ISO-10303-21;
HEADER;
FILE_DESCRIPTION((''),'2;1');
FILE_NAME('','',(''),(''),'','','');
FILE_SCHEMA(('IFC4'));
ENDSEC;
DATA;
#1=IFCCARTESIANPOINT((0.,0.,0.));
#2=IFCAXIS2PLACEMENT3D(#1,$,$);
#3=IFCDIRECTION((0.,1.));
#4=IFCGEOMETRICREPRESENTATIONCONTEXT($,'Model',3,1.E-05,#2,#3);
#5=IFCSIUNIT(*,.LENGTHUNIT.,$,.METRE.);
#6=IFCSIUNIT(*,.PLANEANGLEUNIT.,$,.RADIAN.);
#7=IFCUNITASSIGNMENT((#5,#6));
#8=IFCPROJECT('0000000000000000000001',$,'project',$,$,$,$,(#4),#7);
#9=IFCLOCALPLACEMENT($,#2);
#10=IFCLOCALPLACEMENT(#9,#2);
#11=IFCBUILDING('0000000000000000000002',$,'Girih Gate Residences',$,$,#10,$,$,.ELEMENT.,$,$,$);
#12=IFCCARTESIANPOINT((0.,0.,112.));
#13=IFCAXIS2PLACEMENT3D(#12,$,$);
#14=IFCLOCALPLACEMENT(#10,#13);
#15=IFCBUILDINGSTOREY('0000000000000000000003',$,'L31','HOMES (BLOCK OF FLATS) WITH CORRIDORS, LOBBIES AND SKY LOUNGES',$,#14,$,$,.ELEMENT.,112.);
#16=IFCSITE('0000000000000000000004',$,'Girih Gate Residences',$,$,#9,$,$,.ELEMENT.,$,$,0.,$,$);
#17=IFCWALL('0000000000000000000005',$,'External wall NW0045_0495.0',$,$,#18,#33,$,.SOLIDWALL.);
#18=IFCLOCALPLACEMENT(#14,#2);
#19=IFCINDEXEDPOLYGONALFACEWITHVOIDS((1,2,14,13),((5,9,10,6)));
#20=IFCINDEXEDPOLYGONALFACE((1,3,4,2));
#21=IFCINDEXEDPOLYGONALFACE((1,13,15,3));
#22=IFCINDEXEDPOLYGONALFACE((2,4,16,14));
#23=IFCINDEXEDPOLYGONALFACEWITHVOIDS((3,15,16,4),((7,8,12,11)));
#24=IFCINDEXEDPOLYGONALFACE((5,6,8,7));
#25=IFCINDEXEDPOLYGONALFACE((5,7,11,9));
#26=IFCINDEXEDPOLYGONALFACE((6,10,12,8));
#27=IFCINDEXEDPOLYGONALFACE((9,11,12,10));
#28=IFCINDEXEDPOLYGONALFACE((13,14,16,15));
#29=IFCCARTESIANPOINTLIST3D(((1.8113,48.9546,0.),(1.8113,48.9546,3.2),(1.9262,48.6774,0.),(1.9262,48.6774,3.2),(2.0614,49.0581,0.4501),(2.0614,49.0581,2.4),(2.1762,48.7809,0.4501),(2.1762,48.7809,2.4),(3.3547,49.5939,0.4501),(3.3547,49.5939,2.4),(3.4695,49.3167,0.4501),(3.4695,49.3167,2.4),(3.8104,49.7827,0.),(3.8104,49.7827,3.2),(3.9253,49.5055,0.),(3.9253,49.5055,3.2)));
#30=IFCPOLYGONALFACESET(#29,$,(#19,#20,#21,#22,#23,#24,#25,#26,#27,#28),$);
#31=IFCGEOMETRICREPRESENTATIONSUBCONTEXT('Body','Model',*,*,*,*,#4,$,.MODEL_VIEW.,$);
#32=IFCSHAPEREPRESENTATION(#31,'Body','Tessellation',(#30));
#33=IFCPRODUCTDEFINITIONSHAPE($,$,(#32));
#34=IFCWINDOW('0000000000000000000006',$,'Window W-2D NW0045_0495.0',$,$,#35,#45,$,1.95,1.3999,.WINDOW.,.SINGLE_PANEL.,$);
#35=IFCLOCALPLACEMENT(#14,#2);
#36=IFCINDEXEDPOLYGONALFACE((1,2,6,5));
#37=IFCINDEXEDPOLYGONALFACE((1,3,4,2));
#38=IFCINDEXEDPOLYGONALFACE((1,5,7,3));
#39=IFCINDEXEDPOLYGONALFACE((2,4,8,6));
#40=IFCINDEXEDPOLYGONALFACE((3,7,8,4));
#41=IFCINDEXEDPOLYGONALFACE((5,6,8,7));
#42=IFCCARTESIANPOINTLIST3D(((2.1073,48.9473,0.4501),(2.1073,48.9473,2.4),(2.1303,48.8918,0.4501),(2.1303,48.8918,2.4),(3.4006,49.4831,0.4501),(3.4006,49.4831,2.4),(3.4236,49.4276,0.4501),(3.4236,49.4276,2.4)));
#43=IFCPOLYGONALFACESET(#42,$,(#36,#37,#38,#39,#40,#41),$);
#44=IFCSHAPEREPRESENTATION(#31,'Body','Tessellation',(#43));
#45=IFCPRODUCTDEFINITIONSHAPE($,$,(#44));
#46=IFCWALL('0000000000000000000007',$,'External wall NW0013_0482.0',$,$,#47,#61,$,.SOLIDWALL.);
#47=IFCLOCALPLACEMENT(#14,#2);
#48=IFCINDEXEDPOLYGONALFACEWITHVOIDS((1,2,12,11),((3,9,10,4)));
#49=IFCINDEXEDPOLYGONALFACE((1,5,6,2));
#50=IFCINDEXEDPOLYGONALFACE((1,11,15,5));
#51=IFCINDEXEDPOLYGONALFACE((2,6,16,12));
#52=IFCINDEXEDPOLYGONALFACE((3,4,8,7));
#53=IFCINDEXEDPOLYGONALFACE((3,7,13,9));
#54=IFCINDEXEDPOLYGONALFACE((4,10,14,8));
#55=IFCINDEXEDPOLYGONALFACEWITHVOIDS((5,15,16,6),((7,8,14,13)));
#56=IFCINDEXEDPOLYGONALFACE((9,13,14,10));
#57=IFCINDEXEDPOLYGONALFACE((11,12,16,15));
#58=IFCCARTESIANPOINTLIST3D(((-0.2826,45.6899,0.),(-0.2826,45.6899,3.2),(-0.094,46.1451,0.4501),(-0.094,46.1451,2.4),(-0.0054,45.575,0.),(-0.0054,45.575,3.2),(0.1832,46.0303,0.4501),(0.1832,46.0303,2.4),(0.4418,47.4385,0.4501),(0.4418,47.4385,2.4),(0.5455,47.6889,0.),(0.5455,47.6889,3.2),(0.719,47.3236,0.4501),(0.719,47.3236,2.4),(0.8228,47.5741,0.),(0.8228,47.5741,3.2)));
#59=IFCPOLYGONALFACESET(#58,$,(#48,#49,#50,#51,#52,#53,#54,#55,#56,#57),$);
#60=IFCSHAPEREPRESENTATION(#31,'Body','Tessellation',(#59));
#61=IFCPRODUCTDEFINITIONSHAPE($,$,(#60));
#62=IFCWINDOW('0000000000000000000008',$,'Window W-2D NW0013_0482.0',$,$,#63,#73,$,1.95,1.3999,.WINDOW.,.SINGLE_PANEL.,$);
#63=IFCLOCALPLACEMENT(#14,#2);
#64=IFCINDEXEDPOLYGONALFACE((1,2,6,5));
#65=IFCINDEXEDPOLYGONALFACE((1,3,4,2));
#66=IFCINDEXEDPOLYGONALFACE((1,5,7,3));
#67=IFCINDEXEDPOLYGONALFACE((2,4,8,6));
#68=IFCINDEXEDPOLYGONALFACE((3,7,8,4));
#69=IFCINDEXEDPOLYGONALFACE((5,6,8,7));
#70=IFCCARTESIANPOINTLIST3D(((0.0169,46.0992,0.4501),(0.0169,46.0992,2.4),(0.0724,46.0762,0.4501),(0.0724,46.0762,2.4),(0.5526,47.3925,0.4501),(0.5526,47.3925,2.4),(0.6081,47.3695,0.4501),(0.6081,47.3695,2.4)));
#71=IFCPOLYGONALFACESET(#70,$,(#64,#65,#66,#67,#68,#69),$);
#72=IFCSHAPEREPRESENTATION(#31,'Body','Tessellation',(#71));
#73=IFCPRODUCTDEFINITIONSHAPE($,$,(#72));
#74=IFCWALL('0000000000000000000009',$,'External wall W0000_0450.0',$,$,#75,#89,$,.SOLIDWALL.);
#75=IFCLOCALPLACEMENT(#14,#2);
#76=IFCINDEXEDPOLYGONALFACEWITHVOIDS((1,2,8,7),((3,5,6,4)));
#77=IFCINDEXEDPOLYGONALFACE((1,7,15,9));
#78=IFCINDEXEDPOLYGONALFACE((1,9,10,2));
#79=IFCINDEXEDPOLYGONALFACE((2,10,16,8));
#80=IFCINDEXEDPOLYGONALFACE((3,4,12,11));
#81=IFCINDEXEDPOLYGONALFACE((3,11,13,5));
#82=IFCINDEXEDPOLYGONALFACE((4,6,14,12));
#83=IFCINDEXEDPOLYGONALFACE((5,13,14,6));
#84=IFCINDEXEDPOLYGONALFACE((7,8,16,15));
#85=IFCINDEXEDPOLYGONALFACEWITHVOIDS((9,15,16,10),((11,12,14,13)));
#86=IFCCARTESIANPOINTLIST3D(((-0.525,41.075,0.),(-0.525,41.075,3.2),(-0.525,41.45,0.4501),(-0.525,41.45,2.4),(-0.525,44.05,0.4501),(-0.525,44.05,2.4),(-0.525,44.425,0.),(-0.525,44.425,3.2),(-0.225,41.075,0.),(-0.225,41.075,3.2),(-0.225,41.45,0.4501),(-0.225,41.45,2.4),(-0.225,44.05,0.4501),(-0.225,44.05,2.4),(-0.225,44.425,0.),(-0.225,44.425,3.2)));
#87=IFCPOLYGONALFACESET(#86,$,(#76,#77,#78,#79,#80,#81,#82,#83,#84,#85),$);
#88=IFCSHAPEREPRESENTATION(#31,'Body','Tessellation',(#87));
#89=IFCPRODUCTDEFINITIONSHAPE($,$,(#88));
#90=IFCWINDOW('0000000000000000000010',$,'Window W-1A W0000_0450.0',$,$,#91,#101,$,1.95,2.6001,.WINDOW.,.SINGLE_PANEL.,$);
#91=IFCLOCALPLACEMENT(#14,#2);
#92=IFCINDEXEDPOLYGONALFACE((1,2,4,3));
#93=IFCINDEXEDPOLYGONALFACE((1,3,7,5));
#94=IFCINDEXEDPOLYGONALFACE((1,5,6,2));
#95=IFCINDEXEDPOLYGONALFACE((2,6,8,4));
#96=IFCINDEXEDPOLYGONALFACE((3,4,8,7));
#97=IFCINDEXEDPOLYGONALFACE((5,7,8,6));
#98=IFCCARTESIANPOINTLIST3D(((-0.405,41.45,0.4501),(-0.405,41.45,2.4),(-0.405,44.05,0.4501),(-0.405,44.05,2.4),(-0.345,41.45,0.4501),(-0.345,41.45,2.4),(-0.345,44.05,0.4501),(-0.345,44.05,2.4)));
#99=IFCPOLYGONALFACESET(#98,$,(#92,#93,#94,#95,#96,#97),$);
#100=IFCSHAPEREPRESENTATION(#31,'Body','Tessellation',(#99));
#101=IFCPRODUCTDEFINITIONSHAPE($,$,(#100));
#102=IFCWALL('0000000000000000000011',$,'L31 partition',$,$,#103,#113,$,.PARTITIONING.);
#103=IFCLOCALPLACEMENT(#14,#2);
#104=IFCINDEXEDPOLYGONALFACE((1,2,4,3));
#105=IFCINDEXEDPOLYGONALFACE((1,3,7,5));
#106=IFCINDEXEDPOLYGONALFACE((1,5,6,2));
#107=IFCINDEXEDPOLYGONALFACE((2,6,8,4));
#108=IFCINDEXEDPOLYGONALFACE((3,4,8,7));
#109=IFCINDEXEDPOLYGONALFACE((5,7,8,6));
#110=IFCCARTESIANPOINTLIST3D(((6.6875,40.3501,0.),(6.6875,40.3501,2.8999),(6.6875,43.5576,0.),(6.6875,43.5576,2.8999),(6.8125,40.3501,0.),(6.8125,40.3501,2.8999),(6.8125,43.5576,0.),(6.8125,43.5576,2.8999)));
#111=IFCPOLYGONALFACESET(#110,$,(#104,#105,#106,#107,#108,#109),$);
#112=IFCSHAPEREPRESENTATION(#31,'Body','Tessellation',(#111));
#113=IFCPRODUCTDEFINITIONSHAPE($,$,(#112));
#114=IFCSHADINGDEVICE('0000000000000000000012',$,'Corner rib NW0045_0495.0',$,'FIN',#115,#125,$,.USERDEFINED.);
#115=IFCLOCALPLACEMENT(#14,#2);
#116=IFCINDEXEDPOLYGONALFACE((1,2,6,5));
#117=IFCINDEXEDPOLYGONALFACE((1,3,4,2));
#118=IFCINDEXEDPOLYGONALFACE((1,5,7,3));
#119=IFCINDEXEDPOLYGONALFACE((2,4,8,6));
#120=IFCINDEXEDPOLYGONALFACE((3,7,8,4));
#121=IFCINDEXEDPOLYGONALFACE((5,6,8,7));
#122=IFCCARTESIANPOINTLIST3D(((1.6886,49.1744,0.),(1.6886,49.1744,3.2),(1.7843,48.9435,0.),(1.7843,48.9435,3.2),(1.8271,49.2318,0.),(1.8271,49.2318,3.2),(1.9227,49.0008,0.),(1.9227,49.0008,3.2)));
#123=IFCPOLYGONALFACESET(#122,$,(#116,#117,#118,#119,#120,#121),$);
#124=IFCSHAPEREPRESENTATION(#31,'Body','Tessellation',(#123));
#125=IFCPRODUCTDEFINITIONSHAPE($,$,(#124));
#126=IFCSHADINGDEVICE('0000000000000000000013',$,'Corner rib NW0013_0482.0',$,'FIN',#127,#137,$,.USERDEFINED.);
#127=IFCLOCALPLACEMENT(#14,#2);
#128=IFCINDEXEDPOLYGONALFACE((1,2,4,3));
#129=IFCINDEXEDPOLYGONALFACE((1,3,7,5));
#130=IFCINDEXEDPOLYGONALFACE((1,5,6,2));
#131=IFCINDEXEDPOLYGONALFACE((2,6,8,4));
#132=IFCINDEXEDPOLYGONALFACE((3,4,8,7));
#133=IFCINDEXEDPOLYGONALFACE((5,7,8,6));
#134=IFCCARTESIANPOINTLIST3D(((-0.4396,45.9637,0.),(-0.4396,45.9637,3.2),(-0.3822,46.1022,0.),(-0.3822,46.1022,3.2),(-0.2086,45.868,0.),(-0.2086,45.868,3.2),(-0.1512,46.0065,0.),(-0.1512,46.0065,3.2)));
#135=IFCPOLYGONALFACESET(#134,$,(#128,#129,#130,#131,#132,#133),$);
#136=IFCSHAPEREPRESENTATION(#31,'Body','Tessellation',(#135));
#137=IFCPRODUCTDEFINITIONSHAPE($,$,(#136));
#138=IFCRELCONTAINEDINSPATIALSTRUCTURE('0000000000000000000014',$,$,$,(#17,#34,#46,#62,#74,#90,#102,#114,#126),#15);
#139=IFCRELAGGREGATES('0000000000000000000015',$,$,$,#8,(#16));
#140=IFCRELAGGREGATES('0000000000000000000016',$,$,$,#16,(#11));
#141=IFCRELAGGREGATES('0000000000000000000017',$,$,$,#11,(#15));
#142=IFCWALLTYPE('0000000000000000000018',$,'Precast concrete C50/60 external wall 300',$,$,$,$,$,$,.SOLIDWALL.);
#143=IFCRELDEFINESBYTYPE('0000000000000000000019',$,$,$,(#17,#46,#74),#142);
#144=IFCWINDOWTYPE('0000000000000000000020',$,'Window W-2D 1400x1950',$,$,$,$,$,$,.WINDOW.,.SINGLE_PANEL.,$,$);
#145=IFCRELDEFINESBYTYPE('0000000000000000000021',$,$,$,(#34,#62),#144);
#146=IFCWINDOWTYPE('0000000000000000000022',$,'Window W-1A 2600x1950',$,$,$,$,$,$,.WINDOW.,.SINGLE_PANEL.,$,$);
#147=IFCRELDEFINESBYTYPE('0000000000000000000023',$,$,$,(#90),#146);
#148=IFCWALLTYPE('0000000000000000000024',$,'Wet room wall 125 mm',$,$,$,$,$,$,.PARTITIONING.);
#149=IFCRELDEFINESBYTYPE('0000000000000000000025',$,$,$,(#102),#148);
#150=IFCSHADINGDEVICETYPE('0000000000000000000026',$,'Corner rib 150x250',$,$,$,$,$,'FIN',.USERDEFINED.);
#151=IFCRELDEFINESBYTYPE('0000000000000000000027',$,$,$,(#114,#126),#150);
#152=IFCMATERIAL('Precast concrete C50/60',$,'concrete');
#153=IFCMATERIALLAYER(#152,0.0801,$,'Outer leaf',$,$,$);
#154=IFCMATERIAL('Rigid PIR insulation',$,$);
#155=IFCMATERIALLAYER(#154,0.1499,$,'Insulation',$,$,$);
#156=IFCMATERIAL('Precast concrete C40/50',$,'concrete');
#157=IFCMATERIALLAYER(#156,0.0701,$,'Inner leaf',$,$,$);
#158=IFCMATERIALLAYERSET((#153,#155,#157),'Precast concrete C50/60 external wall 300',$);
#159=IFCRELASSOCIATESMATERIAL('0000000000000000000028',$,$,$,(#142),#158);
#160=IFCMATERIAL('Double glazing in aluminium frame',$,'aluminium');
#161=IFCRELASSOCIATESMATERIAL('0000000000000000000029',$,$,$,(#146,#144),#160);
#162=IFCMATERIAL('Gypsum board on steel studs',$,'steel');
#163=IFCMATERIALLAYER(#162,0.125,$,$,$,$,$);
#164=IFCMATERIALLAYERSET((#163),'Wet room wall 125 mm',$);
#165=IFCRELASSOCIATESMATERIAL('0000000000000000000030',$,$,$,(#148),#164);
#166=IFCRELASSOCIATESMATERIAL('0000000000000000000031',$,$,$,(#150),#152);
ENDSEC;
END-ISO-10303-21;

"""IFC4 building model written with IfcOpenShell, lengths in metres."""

from ifc_helpers import new_model, si_unit, direction, frame, frame_2d, origin, origin_2d, place, context, subcontext, project, spatial, rectangle, extrude, material, layer, layer_set, type_object, element, fill, save


model = new_model("IFC4")

# Units and contexts
model_context = context("Model", 3, precision=1e-05, world=origin(), true_north=direction((0.0, 1.0)))
body_context = subcontext(model_context, "Body", "Model", "MODEL_VIEW")
ifc_project = project(units=[si_unit("LENGTHUNIT", "METRE"), si_unit("PLANEANGLEUNIT", "RADIAN")], contexts=[model_context])

# Site, building, storey
site_placement = place(None, origin())
site = spatial("IfcSite", under=ifc_project, at=site_placement, Name="Girih Gate Residences", CompositionType="ELEMENT", RefElevation=0.0)
building_placement = place(site_placement, origin())
building = spatial("IfcBuilding", under=site, at=building_placement, Name="Girih Gate Residences", CompositionType="ELEMENT")
storey_placement = place(building_placement, frame((0.0, 0.0, 112.0)))
storey = spatial("IfcBuildingStorey", under=building, at=storey_placement, Name="L31", Description="HOMES (BLOCK OF FLATS) WITH CORRIDORS, LOBBIES AND SKY LOUNGES", CompositionType="ELEMENT", Elevation=112.0)

# Shared definitions
ifc_material_1 = material(Name="Gypsum board on steel studs", Category="steel")

# Walls, openings, windows
ifc_material_2 = material(Name="Precast concrete C50/60", Category="concrete")
ifc_layer_1 = layer(ifc_material_2, 0.0801, Name="Outer leaf")
ifc_material_3 = material(Name="Rigid PIR insulation")
ifc_layer_2 = layer(ifc_material_3, 0.1499, Name="Insulation")
ifc_material_4 = material(Name="Precast concrete C40/50", Category="concrete")
ifc_layer_3 = layer(ifc_material_4, 0.0701, Name="Inner leaf")
ifc_layer_set_1 = layer_set([ifc_layer_1, ifc_layer_2, ifc_layer_3], Name="Precast concrete C50/60 external wall 300")
wall_type_1 = type_object("IfcWallType", Name="Precast concrete C50/60 external wall 300", PredefinedType="SOLIDWALL", material=ifc_layer_set_1)
ifc_material_5 = material(Name="Double glazing in aluminium frame", Category="aluminium")
window_type_1 = type_object("IfcWindowType", Name="Window W-1A 2600x1950", PartitioningType="SINGLE_PANEL", PredefinedType="WINDOW", material=ifc_material_5)
wall_1_placement = place(storey_placement, frame((1.8687, 48.8159, 0.0), z_axis=(0.0, 0.0, 1.0), x_axis=(0.923863, 0.382724, 0.0)))
wall_1 = element("IfcWall", 1, at=wall_1_placement, inside=storey, type_object=wall_type_1, Name="External wall NW0045_0495.0", PredefinedType="SOLIDWALL", context=body_context, shape_type="SweptSolid", body=[
    extrude(rectangle(XDim=2.1638, YDim=0.3, at=frame_2d((1.082, 0.0))), origin(), (0.0, 0.0, 1.0), 3.2),
])
opening_1_placement = place(wall_1_placement, frame((0.2708, 0.0, 0.45)))
opening_1 = element("IfcOpeningElement", 2, at=opening_1_placement, cuts=wall_1, PredefinedType="OPENING", context=body_context, shape_type="SweptSolid", body=[
    extrude(rectangle(XDim=1.3999, YDim=1.95, at=frame_2d((0.7, 0.9751))), frame((0.0, 0.1599, 0.0), z_axis=(0.0, -1.0, 0.0), x_axis=(1.0, 0.0, 0.0)), (0.0, 0.0, 1.0), 0.3201),
])
window_type_2 = type_object("IfcWindowType", Name="Window W-2D 1400x1950", PartitioningType="SINGLE_PANEL", PredefinedType="WINDOW", material=ifc_material_5)
window_1_placement = place(opening_1_placement, origin())
window_1 = element("IfcWindow", 3, at=window_1_placement, inside=storey, type_object=window_type_2, Name="Window W-2D NW0045_0495.0", OverallHeight=1.95, OverallWidth=1.3999, PartitioningType="SINGLE_PANEL", PredefinedType="WINDOW", context=body_context, shape_type="SweptSolid", body=[
    extrude(rectangle(XDim=1.3999, YDim=1.95, at=frame_2d((0.7, 0.9751))), frame((0.0, 0.03, 0.0), z_axis=(0.0, -1.0, 0.0), x_axis=(1.0, 0.0, 0.0)), (0.0, 0.0, 1.0), 0.0601),
])
fill(opening_1, window_1)
wall_2_placement = place(storey_placement, frame((-0.144, 45.6323, 0.0), z_axis=(0.0, 0.0, 1.0), x_axis=(0.382724, 0.923863, 0.0)))
wall_2 = element("IfcWall", 4, at=wall_2_placement, inside=storey, type_object=wall_type_1, Name="External wall NW0013_0482.0", PredefinedType="SOLIDWALL", context=body_context, shape_type="SweptSolid", body=[
    extrude(rectangle(XDim=2.1638, YDim=0.3, at=frame_2d((1.082, 0.0))), origin(), (0.0, 0.0, 1.0), 3.2),
])
opening_2_placement = place(wall_2_placement, frame((0.4929, 0.0, 0.45)))
opening_2 = element("IfcOpeningElement", 5, at=opening_2_placement, cuts=wall_2, PredefinedType="OPENING", context=body_context, shape_type="SweptSolid", body=[
    extrude(rectangle(XDim=1.3999, YDim=1.95, at=frame_2d((0.7, 0.9751))), frame((0.0, 0.1599, 0.0), z_axis=(0.0, -1.0, 0.0), x_axis=(1.0, 0.0, 0.0)), (0.0, 0.0, 1.0), 0.3201),
])
window_2_placement = place(opening_2_placement, origin())
window_2 = element("IfcWindow", 6, at=window_2_placement, inside=storey, type_object=window_type_2, Name="Window W-2D NW0013_0482.0", OverallHeight=1.95, OverallWidth=1.3999, PartitioningType="SINGLE_PANEL", PredefinedType="WINDOW", context=body_context, shape_type="SweptSolid", body=[
    extrude(rectangle(XDim=1.3999, YDim=1.95, at=frame_2d((0.7, 0.9751))), frame((0.0, 0.03, 0.0), z_axis=(0.0, -1.0, 0.0), x_axis=(1.0, 0.0, 0.0)), (0.0, 0.0, 1.0), 0.0601),
])
fill(opening_2, window_2)
wall_3_placement = place(storey_placement, frame((-0.375, 41.075, 0.0), z_axis=(0.0, 0.0, 1.0), x_axis=(0.0, 1.0, 0.0)))
wall_3 = element("IfcWall", 7, at=wall_3_placement, inside=storey, type_object=wall_type_1, Name="External wall W0000_0450.0", PredefinedType="SOLIDWALL", context=body_context, shape_type="SweptSolid", body=[
    extrude(rectangle(XDim=3.3501, YDim=0.3, at=frame_2d((1.675, 0.0))), origin(), (0.0, 0.0, 1.0), 3.2),
])
opening_3_placement = place(wall_3_placement, frame((0.375, 0.0, 0.45)))
opening_3 = element("IfcOpeningElement", 8, at=opening_3_placement, cuts=wall_3, PredefinedType="OPENING", context=body_context, shape_type="SweptSolid", body=[
    extrude(rectangle(XDim=2.6001, YDim=1.95, at=frame_2d((1.3, 0.9751))), frame((0.0, 0.1599, 0.0), z_axis=(0.0, -1.0, 0.0), x_axis=(1.0, 0.0, 0.0)), (0.0, 0.0, 1.0), 0.3201),
])
window_3_placement = place(opening_3_placement, origin())
window_3 = element("IfcWindow", 9, at=window_3_placement, inside=storey, type_object=window_type_1, Name="Window W-1A W0000_0450.0", OverallHeight=1.95, OverallWidth=2.6001, PartitioningType="SINGLE_PANEL", PredefinedType="WINDOW", context=body_context, shape_type="SweptSolid", body=[
    extrude(rectangle(XDim=2.6001, YDim=1.95, at=frame_2d((1.3, 0.9751))), frame((0.0, 0.03, 0.0), z_axis=(0.0, -1.0, 0.0), x_axis=(1.0, 0.0, 0.0)), (0.0, 0.0, 1.0), 0.0601),
])
fill(opening_3, window_3)

# Wall
ifc_layer_4 = layer(ifc_material_1, 0.125)
ifc_layer_set_2 = layer_set([ifc_layer_4], Name="Wet room wall 125 mm")
wall_type_2 = type_object("IfcWallType", Name="Wet room wall 125 mm", PredefinedType="PARTITIONING", material=ifc_layer_set_2)
wall_4_placement = place(storey_placement, frame((6.75, 40.3501, 0.0), z_axis=(0.0, 0.0, 1.0), x_axis=(0.0, 1.0, 0.0)))
element("IfcWall", 10, at=wall_4_placement, inside=storey, type_object=wall_type_2, Name="L31 partition", PredefinedType="PARTITIONING", context=body_context, shape_type="SweptSolid", body=[
    extrude(rectangle(XDim=3.2075, YDim=0.125, at=frame_2d((1.6038, 0.0))), origin(), (0.0, 0.0, 1.0), 2.8999),
])

# Shading devices
shading_device_type = type_object("IfcShadingDeviceType", Name="Corner rib 150x250", ElementType="FIN", PredefinedType="USERDEFINED", material=ifc_material_2)
for number, where, z_axis, x_axis, name in (
    (11, (1.8057, 49.0876, 0.0), (0.0, 0.0, 1.0), (-0.92388, -0.382683, 0.0), "Corner rib NW0045_0495.0"),
    (12, (-0.2954, 45.9851, 0.0), (0.0, 0.0, 1.0), (-0.382683, -0.92388, 0.0), "Corner rib NW0013_0482.0"),
):
    element("IfcShadingDevice", number, at=place(storey_placement, frame(where, z_axis=z_axis, x_axis=x_axis)), inside=storey, type_object=shading_device_type, Name=name, ObjectType="FIN", PredefinedType="USERDEFINED", context=body_context, shape_type="SweptSolid", body=[
        extrude(rectangle(XDim=0.1499, YDim=0.25, at=origin_2d()), origin(), (0.0, 0.0, 1.0), 3.2),
    ])

save(model, "model.ifc")
